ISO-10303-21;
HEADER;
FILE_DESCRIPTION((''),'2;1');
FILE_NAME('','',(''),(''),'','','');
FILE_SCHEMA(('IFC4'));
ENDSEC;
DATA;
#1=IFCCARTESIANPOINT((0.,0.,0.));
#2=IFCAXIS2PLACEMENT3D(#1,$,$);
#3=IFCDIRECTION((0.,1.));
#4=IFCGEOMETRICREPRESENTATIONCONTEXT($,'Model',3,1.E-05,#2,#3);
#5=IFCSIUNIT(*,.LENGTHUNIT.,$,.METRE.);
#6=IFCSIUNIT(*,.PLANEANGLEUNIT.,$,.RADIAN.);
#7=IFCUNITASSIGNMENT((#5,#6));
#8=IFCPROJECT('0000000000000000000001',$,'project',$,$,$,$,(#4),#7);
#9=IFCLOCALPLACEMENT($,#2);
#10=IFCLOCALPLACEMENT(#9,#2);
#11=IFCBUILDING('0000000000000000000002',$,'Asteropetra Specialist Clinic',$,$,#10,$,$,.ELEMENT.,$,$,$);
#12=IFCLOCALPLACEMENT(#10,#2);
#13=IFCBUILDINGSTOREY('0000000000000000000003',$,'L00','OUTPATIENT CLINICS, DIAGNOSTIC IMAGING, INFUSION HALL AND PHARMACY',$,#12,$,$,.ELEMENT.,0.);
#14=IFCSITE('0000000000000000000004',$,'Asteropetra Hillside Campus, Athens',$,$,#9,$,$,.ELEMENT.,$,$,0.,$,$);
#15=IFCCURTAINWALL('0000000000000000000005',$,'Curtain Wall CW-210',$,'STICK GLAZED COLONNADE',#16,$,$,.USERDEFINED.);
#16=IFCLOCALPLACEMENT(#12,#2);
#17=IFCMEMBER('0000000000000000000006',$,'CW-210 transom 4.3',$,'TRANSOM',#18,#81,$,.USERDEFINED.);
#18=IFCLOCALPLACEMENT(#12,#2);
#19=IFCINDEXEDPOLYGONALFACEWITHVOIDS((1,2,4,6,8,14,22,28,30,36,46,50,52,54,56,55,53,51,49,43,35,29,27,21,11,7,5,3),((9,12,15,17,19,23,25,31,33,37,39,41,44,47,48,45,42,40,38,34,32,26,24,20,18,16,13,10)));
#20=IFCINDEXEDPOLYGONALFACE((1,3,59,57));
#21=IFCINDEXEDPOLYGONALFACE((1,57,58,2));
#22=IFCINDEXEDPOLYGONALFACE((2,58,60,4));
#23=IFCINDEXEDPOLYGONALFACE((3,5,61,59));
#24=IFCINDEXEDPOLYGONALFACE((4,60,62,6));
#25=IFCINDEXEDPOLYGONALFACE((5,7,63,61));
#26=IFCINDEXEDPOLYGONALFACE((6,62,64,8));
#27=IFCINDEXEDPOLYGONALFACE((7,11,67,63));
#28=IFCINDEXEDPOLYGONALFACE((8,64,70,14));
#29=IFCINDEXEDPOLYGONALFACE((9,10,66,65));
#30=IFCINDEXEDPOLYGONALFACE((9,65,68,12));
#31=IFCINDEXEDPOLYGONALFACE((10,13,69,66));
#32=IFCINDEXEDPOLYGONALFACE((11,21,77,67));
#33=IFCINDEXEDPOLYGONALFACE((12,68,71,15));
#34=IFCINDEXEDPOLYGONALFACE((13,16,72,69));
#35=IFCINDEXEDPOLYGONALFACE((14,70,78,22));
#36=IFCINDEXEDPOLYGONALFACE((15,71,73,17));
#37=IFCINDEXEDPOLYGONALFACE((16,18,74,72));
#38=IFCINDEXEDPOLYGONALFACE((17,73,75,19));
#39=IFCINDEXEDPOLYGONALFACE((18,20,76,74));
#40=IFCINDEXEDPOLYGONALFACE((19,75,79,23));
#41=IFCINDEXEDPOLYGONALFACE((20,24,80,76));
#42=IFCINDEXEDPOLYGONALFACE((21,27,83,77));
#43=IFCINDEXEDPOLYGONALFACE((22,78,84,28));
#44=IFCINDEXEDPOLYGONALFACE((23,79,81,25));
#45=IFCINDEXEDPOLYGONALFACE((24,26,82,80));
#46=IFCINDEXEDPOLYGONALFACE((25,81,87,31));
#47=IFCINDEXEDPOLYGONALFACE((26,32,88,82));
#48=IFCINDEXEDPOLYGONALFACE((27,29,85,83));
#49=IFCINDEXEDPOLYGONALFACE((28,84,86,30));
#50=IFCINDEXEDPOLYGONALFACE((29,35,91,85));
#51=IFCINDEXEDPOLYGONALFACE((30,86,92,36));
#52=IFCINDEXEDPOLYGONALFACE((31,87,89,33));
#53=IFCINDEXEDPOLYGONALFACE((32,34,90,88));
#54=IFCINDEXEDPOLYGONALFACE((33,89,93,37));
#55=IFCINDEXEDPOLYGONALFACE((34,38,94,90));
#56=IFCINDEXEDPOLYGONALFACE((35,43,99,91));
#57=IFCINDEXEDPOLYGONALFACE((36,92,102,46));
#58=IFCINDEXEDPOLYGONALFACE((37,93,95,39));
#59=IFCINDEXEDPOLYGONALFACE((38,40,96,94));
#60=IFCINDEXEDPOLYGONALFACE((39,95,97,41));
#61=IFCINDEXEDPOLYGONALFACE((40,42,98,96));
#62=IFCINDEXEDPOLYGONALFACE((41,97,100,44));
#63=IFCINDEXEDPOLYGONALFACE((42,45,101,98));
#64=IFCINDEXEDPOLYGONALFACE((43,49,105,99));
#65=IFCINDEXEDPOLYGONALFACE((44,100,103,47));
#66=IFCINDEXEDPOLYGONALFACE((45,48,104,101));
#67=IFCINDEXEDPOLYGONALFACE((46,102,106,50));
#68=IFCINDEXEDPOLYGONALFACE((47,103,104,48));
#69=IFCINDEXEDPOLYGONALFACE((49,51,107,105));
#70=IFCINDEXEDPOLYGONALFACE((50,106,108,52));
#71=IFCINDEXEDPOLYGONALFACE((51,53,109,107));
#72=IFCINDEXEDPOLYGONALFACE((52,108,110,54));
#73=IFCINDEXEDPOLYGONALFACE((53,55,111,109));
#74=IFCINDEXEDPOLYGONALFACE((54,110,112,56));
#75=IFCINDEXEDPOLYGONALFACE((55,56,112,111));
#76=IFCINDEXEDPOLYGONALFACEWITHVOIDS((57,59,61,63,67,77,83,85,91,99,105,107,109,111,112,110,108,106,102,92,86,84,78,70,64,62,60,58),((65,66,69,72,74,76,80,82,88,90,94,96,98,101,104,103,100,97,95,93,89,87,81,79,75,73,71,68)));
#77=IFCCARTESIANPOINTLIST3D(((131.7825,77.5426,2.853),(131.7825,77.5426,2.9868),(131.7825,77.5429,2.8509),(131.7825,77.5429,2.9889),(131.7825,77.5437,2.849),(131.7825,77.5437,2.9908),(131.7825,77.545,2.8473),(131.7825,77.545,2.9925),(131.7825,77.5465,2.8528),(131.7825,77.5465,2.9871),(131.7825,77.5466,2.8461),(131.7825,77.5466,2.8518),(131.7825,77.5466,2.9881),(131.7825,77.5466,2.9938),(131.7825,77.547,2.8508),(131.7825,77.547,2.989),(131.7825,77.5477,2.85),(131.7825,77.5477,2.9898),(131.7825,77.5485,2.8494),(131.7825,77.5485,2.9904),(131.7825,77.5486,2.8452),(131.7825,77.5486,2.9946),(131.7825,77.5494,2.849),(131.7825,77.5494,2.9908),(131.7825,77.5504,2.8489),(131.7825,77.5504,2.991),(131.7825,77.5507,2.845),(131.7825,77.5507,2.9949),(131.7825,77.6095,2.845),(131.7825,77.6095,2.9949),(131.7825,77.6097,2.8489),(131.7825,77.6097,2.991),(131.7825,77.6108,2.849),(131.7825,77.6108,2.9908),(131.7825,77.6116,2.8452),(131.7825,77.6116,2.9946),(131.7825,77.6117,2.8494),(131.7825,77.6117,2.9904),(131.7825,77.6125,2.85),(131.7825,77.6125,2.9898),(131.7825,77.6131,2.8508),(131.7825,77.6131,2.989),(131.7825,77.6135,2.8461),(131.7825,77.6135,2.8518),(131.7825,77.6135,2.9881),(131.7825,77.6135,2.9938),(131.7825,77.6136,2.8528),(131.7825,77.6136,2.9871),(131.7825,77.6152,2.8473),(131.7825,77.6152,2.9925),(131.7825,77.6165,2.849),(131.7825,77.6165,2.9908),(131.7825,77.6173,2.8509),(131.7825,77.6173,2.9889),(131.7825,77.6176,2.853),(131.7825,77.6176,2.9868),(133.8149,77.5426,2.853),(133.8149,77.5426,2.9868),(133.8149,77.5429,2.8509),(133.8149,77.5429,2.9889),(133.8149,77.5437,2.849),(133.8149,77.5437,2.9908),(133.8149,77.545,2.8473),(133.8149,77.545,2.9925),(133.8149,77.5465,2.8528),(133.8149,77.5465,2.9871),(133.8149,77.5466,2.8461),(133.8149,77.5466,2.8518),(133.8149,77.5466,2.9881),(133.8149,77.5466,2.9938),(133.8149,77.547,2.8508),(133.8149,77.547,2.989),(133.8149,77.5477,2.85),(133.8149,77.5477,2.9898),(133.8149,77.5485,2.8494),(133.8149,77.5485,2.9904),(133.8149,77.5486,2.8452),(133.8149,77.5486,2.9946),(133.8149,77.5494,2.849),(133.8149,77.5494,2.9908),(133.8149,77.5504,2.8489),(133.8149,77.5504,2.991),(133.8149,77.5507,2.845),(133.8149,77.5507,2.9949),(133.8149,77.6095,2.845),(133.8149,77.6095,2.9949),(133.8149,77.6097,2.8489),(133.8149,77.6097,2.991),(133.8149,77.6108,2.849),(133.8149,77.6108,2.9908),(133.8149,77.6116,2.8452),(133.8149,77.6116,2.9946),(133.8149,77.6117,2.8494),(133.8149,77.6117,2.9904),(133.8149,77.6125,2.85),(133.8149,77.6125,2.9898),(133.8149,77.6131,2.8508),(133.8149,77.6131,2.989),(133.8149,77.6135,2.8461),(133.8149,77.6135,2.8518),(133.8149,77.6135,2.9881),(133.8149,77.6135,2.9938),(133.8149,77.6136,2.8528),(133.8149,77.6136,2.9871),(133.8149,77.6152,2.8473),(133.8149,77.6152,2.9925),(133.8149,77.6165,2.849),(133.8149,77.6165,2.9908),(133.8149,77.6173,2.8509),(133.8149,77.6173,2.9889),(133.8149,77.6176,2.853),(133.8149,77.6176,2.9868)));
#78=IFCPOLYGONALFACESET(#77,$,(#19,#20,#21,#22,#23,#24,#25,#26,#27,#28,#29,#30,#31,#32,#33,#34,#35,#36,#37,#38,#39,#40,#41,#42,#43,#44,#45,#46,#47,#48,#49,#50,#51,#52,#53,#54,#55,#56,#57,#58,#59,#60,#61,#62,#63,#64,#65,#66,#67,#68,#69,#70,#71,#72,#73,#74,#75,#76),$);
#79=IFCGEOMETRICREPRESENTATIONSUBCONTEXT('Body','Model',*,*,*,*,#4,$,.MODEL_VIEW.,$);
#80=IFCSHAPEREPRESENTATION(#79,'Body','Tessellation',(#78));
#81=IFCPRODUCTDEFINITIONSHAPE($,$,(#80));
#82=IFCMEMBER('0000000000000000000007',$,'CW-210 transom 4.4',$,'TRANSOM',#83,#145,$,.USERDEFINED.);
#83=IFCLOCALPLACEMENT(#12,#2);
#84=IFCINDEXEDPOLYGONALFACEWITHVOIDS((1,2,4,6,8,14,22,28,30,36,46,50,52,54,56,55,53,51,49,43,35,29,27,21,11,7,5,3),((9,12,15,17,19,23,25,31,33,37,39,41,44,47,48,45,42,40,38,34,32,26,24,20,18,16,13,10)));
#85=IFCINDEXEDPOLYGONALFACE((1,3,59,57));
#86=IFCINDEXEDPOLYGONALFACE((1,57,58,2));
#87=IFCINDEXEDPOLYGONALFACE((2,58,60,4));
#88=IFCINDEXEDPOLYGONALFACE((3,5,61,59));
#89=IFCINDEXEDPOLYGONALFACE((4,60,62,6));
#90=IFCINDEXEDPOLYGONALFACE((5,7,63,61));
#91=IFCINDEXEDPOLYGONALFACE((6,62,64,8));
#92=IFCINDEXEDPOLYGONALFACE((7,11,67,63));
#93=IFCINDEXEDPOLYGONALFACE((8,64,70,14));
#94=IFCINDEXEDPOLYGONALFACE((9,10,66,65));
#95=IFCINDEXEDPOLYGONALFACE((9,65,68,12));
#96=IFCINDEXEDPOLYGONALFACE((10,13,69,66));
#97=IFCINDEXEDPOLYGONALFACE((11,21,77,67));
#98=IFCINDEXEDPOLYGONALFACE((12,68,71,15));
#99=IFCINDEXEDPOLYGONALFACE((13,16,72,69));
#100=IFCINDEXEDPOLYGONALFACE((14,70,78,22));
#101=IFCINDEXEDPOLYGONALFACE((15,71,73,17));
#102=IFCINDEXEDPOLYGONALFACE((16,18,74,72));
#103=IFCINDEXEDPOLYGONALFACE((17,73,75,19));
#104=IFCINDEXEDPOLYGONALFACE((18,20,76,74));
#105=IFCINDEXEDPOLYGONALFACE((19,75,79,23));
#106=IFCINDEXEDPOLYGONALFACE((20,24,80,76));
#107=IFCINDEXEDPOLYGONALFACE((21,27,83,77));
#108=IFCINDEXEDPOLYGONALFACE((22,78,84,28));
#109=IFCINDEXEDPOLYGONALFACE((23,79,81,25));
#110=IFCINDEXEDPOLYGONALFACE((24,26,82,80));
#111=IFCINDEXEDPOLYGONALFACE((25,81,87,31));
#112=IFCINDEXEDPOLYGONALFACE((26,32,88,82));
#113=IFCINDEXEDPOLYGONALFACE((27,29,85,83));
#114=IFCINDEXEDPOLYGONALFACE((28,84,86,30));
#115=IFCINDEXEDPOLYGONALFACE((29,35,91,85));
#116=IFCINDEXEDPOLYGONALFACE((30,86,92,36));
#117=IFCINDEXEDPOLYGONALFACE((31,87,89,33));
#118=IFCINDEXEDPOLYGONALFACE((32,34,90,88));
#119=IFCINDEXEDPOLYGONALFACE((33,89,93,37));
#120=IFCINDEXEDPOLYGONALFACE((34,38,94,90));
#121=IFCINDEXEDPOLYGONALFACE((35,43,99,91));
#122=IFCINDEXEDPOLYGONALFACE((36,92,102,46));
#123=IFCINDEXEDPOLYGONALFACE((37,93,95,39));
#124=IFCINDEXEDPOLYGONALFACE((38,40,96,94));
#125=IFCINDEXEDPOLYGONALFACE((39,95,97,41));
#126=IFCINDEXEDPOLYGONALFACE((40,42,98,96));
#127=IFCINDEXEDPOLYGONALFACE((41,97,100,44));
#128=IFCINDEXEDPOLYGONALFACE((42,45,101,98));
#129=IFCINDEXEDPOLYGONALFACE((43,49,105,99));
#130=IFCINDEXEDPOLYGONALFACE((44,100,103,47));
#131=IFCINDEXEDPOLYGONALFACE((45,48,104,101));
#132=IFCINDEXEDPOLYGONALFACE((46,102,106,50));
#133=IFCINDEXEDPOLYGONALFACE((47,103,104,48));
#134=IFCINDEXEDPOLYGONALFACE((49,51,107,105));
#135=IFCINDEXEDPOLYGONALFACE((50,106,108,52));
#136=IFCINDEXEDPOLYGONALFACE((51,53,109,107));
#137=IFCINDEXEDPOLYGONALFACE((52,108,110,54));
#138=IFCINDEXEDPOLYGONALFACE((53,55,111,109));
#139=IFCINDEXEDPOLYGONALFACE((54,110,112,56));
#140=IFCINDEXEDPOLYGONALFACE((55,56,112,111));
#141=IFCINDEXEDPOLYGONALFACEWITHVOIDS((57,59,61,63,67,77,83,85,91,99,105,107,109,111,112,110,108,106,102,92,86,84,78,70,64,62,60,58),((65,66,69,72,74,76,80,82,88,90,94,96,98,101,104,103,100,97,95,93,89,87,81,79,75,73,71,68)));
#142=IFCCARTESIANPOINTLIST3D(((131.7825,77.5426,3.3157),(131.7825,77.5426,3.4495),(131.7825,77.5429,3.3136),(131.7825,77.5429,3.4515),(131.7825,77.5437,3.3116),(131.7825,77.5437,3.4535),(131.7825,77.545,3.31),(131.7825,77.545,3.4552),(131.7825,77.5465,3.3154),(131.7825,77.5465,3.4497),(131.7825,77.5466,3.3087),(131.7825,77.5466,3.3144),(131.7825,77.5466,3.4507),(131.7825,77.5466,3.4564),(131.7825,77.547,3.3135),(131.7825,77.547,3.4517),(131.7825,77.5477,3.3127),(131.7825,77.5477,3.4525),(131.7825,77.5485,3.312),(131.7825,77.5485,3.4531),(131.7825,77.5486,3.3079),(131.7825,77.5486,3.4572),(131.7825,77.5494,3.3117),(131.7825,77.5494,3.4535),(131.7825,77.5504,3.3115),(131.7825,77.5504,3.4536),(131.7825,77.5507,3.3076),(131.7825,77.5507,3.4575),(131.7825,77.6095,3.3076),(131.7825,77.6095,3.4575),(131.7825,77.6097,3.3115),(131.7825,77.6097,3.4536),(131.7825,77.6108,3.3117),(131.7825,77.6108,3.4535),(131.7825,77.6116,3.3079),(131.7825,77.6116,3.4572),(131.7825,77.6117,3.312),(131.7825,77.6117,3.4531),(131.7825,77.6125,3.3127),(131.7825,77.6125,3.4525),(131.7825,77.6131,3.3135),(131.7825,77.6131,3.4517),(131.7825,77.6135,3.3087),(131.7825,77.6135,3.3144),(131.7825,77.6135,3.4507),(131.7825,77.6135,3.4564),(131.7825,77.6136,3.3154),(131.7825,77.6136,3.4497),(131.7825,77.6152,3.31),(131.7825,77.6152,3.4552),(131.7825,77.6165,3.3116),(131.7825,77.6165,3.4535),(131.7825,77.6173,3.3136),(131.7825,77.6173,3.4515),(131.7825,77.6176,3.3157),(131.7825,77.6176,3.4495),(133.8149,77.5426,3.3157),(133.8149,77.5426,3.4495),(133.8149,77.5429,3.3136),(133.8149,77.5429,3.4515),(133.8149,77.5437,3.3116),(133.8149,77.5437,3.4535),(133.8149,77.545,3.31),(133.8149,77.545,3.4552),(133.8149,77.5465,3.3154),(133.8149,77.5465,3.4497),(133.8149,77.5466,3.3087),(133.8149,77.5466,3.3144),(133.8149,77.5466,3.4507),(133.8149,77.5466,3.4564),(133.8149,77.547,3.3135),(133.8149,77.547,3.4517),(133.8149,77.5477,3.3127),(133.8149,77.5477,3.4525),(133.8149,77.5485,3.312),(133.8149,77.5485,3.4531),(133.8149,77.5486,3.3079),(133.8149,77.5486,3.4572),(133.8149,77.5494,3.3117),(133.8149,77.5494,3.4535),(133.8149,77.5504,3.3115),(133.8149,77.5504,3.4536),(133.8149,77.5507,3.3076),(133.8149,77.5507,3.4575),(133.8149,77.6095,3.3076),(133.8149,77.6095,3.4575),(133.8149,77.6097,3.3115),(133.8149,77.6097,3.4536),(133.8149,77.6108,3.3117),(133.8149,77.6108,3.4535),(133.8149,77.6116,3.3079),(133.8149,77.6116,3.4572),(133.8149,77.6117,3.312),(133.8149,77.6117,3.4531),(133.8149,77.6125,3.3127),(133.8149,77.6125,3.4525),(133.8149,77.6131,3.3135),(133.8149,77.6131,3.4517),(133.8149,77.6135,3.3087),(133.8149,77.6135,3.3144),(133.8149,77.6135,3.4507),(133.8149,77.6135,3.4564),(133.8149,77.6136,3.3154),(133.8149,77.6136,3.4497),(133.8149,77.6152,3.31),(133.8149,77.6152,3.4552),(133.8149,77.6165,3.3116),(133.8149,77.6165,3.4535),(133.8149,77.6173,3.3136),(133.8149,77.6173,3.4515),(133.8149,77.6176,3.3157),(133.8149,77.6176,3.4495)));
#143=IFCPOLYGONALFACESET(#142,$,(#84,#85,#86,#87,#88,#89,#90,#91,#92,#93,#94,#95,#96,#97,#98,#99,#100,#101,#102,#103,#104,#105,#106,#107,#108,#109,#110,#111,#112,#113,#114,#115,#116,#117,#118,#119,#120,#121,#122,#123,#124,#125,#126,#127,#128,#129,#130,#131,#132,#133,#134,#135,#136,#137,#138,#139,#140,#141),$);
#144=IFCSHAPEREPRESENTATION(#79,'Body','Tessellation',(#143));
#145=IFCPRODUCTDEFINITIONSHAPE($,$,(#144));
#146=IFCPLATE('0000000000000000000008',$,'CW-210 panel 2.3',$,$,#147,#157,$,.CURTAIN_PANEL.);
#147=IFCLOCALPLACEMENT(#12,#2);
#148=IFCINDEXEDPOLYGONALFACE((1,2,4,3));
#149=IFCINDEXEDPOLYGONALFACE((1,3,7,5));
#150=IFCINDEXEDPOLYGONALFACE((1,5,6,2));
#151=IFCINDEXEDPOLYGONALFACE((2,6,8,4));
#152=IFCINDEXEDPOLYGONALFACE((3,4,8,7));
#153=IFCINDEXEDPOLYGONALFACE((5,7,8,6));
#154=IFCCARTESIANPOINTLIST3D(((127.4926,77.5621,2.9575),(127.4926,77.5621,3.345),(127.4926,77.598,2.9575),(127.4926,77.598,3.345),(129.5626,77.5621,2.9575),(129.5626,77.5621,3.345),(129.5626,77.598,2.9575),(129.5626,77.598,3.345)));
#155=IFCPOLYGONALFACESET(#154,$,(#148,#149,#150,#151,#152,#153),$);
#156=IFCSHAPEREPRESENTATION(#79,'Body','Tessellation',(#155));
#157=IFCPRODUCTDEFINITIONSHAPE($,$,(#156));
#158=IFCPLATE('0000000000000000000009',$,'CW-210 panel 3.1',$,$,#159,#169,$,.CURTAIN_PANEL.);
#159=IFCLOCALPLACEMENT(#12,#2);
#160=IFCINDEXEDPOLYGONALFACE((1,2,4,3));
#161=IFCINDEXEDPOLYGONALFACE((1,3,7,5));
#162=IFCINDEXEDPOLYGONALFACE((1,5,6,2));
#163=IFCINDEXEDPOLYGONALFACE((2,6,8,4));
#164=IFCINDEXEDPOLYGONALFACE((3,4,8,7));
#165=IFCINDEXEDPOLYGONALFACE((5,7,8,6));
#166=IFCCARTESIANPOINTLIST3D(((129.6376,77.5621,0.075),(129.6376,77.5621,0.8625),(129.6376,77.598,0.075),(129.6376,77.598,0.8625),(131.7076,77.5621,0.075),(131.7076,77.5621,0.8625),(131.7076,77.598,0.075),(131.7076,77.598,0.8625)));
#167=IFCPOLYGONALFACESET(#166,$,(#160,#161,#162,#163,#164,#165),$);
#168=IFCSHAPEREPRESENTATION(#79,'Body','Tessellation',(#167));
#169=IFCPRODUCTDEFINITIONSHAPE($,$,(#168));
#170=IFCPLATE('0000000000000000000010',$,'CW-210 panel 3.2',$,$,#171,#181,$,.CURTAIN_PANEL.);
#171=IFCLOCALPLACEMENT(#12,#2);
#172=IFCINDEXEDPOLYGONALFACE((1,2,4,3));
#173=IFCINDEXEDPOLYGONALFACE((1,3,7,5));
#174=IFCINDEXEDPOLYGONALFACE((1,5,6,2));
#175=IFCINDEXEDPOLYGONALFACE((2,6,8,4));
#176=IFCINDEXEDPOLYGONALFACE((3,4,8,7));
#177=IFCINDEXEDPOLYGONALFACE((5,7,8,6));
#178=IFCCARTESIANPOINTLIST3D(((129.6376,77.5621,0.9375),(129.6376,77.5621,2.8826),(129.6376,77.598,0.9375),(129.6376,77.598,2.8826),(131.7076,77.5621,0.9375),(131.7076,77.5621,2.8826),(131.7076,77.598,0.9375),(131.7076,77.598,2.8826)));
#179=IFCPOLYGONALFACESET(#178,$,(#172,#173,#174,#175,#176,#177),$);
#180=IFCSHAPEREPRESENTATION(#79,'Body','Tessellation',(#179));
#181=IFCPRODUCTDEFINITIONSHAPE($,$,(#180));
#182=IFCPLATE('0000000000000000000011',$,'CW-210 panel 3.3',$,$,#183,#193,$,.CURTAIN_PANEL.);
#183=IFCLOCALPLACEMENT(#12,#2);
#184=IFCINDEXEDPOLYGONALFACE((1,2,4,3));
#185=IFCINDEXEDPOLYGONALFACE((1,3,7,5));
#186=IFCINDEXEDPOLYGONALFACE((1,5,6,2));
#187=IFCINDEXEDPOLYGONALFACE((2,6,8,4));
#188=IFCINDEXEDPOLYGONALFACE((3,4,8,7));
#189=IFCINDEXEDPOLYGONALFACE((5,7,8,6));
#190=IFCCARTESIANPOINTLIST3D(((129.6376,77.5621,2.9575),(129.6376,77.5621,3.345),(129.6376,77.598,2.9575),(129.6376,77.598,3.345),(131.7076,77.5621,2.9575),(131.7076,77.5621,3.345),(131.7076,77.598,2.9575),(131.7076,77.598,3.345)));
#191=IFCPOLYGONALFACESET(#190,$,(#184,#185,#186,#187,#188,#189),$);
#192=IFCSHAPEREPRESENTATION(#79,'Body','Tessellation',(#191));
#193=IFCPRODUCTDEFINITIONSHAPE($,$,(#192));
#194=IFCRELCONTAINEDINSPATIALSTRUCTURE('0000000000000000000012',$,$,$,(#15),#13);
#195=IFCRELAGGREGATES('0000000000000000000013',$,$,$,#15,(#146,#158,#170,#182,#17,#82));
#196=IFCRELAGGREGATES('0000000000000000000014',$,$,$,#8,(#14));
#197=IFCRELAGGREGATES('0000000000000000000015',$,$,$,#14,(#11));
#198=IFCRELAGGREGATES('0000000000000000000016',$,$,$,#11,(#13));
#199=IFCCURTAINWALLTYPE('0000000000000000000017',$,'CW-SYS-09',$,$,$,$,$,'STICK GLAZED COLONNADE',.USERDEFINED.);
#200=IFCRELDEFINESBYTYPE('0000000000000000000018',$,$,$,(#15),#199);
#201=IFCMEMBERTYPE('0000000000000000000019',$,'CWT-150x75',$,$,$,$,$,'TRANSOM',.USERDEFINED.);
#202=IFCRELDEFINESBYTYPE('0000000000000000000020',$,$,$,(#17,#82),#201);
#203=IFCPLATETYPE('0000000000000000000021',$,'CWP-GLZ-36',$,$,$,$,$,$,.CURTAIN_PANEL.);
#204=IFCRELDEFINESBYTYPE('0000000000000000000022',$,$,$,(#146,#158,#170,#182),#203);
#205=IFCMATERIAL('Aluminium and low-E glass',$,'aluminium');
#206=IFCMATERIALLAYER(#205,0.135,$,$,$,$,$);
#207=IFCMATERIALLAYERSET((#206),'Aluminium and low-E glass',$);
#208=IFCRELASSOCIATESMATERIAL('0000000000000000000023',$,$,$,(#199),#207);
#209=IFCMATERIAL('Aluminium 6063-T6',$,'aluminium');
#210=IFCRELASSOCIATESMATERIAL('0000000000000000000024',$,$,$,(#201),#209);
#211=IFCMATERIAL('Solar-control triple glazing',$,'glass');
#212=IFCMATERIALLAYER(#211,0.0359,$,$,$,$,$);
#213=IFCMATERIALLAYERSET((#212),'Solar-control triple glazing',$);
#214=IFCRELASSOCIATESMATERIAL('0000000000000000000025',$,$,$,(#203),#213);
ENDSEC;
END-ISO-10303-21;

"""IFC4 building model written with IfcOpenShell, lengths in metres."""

from ifc_helpers import new_model, si_unit, direction, frame, origin, origin_2d, place, context, subcontext, project, spatial, rectangle, hollow_rectangle, extrude, material, layer, layer_set, material_profile, profile_set, type_object, element, aggregate, save


model = new_model("IFC4")

# Units and contexts
model_context = context("Model", 3, precision=1e-05, world=origin(), true_north=direction((0.0, 1.0)))
body_context = subcontext(model_context, "Body", "Model", "MODEL_VIEW")
ifc_project = project(units=[si_unit("LENGTHUNIT", "METRE"), si_unit("PLANEANGLEUNIT", "RADIAN")], contexts=[model_context])

# Site, building, storey
site_placement = place(None, origin())
site = spatial("IfcSite", under=ifc_project, at=site_placement, Name="Asteropetra Hillside Campus, Athens", CompositionType="ELEMENT", RefElevation=0.0)
building_placement = place(site_placement, origin())
building = spatial("IfcBuilding", under=site, at=building_placement, Name="Asteropetra Specialist Clinic", CompositionType="ELEMENT")
storey_placement = place(building_placement, origin())
storey = spatial("IfcBuildingStorey", under=building, at=storey_placement, Name="L00", Description="OUTPATIENT CLINICS, DIAGNOSTIC IMAGING, INFUSION HALL AND PHARMACY", CompositionType="ELEMENT", Elevation=0.0)

# Curtain wall, members, plates
ifc_material_1 = material(Name="Aluminium and low-E glass", Category="aluminium")
ifc_layer_1 = layer(ifc_material_1, 0.135)
ifc_layer_set_1 = layer_set([ifc_layer_1], Name="Aluminium and low-E glass")
curtain_wall_type = type_object("IfcCurtainWallType", Name="CW-SYS-09", ElementType="STICK GLAZED COLONNADE", PredefinedType="USERDEFINED", material=ifc_layer_set_1)
curtain_wall_placement = place(storey_placement, origin())
curtain_wall = element("IfcCurtainWall", 1, at=curtain_wall_placement, inside=storey, type_object=curtain_wall_type, Name="Curtain Wall CW-210", ObjectType="STICK GLAZED COLONNADE", PredefinedType="USERDEFINED")
ifc_material_2 = material(Name="Aluminium 6063-T6", Category="aluminium")
ifc_material_profile_1 = material_profile(ifc_material_2, hollow_rectangle(XDim=0.075, YDim=0.1499, WallThickness=0.0039, InnerFilletRadius=0.0039, OuterFilletRadius=0.0081, at=origin_2d()), Name="TRN 150x75x4.0")
ifc_profile_set_1 = profile_set([ifc_material_profile_1], Name="Aluminium 6063-T6")
member_type_1 = type_object("IfcMemberType", Name="CWT-150x75", ElementType="TRANSOM", PredefinedType="USERDEFINED", material=ifc_profile_set_1)
member_1_placement = place(storey_placement, frame((131.7825, 77.5801, 2.9199), z_axis=(1.0, 0.0, 0.0), x_axis=(0.0, 1.0, 0.0)))
member_1 = element("IfcMember", 2, at=member_1_placement, type_object=member_type_1, Name="CW-210 transom 4.3", ObjectType="TRANSOM", PredefinedType="USERDEFINED", context=body_context, shape_type="SweptSolid", body=[
    extrude(hollow_rectangle(XDim=0.075, YDim=0.1499, WallThickness=0.0039, InnerFilletRadius=0.0039, OuterFilletRadius=0.0081, at=origin_2d()), origin(), (0.0, 0.0, 1.0), 2.0325),
])
member_2_placement = place(storey_placement, frame((131.7825, 77.5801, 3.3826), z_axis=(1.0, 0.0, 0.0), x_axis=(0.0, 1.0, 0.0)))
member_2 = element("IfcMember", 3, at=member_2_placement, type_object=member_type_1, Name="CW-210 transom 4.4", ObjectType="TRANSOM", PredefinedType="USERDEFINED", context=body_context, shape_type="SweptSolid", body=[
    extrude(hollow_rectangle(XDim=0.075, YDim=0.1499, WallThickness=0.0039, InnerFilletRadius=0.0039, OuterFilletRadius=0.0081, at=origin_2d()), origin(), (0.0, 0.0, 1.0), 2.0325),
])
ifc_material_3 = material(Name="Solar-control triple glazing", Category="glass")
ifc_layer_2 = layer(ifc_material_3, 0.0359)
ifc_layer_set_2 = layer_set([ifc_layer_2], Name="Solar-control triple glazing")
plate_type = type_object("IfcPlateType", Name="CWP-GLZ-36", PredefinedType="CURTAIN_PANEL", material=ifc_layer_set_2)
plate_1_placement = place(storey_placement, frame((128.5276, 77.5801, 2.9575), z_axis=(0.0, 0.0, 1.0), x_axis=(1.0, 0.0, 0.0)))
plate_1 = element("IfcPlate", 4, at=plate_1_placement, type_object=plate_type, Name="CW-210 panel 2.3", PredefinedType="CURTAIN_PANEL", context=body_context, shape_type="SweptSolid", body=[
    extrude(rectangle(XDim=2.0701, YDim=0.0359, at=origin_2d()), origin(), (0.0, 0.0, 1.0), 0.3875),
])
plate_2_placement = place(storey_placement, frame((130.6726, 77.5801, 0.075), z_axis=(0.0, 0.0, 1.0), x_axis=(1.0, 0.0, 0.0)))
plate_2 = element("IfcPlate", 5, at=plate_2_placement, type_object=plate_type, Name="CW-210 panel 3.1", PredefinedType="CURTAIN_PANEL", context=body_context, shape_type="SweptSolid", body=[
    extrude(rectangle(XDim=2.0701, YDim=0.0359, at=origin_2d()), origin(), (0.0, 0.0, 1.0), 0.7876),
])
plate_3_placement = place(storey_placement, frame((130.6726, 77.5801, 0.9375), z_axis=(0.0, 0.0, 1.0), x_axis=(1.0, 0.0, 0.0)))
plate_3 = element("IfcPlate", 6, at=plate_3_placement, type_object=plate_type, Name="CW-210 panel 3.2", PredefinedType="CURTAIN_PANEL", context=body_context, shape_type="SweptSolid", body=[
    extrude(rectangle(XDim=2.0701, YDim=0.0359, at=origin_2d()), origin(), (0.0, 0.0, 1.0), 1.9451),
])
plate_4_placement = place(storey_placement, frame((130.6726, 77.5801, 2.9575), z_axis=(0.0, 0.0, 1.0), x_axis=(1.0, 0.0, 0.0)))
plate_4 = element("IfcPlate", 7, at=plate_4_placement, type_object=plate_type, Name="CW-210 panel 3.3", PredefinedType="CURTAIN_PANEL", context=body_context, shape_type="SweptSolid", body=[
    extrude(rectangle(XDim=2.0701, YDim=0.0359, at=origin_2d()), origin(), (0.0, 0.0, 1.0), 0.3875),
])
aggregate(curtain_wall, [plate_1, plate_2, plate_3, plate_4, member_1, member_2])

save(model, "model.ifc")
